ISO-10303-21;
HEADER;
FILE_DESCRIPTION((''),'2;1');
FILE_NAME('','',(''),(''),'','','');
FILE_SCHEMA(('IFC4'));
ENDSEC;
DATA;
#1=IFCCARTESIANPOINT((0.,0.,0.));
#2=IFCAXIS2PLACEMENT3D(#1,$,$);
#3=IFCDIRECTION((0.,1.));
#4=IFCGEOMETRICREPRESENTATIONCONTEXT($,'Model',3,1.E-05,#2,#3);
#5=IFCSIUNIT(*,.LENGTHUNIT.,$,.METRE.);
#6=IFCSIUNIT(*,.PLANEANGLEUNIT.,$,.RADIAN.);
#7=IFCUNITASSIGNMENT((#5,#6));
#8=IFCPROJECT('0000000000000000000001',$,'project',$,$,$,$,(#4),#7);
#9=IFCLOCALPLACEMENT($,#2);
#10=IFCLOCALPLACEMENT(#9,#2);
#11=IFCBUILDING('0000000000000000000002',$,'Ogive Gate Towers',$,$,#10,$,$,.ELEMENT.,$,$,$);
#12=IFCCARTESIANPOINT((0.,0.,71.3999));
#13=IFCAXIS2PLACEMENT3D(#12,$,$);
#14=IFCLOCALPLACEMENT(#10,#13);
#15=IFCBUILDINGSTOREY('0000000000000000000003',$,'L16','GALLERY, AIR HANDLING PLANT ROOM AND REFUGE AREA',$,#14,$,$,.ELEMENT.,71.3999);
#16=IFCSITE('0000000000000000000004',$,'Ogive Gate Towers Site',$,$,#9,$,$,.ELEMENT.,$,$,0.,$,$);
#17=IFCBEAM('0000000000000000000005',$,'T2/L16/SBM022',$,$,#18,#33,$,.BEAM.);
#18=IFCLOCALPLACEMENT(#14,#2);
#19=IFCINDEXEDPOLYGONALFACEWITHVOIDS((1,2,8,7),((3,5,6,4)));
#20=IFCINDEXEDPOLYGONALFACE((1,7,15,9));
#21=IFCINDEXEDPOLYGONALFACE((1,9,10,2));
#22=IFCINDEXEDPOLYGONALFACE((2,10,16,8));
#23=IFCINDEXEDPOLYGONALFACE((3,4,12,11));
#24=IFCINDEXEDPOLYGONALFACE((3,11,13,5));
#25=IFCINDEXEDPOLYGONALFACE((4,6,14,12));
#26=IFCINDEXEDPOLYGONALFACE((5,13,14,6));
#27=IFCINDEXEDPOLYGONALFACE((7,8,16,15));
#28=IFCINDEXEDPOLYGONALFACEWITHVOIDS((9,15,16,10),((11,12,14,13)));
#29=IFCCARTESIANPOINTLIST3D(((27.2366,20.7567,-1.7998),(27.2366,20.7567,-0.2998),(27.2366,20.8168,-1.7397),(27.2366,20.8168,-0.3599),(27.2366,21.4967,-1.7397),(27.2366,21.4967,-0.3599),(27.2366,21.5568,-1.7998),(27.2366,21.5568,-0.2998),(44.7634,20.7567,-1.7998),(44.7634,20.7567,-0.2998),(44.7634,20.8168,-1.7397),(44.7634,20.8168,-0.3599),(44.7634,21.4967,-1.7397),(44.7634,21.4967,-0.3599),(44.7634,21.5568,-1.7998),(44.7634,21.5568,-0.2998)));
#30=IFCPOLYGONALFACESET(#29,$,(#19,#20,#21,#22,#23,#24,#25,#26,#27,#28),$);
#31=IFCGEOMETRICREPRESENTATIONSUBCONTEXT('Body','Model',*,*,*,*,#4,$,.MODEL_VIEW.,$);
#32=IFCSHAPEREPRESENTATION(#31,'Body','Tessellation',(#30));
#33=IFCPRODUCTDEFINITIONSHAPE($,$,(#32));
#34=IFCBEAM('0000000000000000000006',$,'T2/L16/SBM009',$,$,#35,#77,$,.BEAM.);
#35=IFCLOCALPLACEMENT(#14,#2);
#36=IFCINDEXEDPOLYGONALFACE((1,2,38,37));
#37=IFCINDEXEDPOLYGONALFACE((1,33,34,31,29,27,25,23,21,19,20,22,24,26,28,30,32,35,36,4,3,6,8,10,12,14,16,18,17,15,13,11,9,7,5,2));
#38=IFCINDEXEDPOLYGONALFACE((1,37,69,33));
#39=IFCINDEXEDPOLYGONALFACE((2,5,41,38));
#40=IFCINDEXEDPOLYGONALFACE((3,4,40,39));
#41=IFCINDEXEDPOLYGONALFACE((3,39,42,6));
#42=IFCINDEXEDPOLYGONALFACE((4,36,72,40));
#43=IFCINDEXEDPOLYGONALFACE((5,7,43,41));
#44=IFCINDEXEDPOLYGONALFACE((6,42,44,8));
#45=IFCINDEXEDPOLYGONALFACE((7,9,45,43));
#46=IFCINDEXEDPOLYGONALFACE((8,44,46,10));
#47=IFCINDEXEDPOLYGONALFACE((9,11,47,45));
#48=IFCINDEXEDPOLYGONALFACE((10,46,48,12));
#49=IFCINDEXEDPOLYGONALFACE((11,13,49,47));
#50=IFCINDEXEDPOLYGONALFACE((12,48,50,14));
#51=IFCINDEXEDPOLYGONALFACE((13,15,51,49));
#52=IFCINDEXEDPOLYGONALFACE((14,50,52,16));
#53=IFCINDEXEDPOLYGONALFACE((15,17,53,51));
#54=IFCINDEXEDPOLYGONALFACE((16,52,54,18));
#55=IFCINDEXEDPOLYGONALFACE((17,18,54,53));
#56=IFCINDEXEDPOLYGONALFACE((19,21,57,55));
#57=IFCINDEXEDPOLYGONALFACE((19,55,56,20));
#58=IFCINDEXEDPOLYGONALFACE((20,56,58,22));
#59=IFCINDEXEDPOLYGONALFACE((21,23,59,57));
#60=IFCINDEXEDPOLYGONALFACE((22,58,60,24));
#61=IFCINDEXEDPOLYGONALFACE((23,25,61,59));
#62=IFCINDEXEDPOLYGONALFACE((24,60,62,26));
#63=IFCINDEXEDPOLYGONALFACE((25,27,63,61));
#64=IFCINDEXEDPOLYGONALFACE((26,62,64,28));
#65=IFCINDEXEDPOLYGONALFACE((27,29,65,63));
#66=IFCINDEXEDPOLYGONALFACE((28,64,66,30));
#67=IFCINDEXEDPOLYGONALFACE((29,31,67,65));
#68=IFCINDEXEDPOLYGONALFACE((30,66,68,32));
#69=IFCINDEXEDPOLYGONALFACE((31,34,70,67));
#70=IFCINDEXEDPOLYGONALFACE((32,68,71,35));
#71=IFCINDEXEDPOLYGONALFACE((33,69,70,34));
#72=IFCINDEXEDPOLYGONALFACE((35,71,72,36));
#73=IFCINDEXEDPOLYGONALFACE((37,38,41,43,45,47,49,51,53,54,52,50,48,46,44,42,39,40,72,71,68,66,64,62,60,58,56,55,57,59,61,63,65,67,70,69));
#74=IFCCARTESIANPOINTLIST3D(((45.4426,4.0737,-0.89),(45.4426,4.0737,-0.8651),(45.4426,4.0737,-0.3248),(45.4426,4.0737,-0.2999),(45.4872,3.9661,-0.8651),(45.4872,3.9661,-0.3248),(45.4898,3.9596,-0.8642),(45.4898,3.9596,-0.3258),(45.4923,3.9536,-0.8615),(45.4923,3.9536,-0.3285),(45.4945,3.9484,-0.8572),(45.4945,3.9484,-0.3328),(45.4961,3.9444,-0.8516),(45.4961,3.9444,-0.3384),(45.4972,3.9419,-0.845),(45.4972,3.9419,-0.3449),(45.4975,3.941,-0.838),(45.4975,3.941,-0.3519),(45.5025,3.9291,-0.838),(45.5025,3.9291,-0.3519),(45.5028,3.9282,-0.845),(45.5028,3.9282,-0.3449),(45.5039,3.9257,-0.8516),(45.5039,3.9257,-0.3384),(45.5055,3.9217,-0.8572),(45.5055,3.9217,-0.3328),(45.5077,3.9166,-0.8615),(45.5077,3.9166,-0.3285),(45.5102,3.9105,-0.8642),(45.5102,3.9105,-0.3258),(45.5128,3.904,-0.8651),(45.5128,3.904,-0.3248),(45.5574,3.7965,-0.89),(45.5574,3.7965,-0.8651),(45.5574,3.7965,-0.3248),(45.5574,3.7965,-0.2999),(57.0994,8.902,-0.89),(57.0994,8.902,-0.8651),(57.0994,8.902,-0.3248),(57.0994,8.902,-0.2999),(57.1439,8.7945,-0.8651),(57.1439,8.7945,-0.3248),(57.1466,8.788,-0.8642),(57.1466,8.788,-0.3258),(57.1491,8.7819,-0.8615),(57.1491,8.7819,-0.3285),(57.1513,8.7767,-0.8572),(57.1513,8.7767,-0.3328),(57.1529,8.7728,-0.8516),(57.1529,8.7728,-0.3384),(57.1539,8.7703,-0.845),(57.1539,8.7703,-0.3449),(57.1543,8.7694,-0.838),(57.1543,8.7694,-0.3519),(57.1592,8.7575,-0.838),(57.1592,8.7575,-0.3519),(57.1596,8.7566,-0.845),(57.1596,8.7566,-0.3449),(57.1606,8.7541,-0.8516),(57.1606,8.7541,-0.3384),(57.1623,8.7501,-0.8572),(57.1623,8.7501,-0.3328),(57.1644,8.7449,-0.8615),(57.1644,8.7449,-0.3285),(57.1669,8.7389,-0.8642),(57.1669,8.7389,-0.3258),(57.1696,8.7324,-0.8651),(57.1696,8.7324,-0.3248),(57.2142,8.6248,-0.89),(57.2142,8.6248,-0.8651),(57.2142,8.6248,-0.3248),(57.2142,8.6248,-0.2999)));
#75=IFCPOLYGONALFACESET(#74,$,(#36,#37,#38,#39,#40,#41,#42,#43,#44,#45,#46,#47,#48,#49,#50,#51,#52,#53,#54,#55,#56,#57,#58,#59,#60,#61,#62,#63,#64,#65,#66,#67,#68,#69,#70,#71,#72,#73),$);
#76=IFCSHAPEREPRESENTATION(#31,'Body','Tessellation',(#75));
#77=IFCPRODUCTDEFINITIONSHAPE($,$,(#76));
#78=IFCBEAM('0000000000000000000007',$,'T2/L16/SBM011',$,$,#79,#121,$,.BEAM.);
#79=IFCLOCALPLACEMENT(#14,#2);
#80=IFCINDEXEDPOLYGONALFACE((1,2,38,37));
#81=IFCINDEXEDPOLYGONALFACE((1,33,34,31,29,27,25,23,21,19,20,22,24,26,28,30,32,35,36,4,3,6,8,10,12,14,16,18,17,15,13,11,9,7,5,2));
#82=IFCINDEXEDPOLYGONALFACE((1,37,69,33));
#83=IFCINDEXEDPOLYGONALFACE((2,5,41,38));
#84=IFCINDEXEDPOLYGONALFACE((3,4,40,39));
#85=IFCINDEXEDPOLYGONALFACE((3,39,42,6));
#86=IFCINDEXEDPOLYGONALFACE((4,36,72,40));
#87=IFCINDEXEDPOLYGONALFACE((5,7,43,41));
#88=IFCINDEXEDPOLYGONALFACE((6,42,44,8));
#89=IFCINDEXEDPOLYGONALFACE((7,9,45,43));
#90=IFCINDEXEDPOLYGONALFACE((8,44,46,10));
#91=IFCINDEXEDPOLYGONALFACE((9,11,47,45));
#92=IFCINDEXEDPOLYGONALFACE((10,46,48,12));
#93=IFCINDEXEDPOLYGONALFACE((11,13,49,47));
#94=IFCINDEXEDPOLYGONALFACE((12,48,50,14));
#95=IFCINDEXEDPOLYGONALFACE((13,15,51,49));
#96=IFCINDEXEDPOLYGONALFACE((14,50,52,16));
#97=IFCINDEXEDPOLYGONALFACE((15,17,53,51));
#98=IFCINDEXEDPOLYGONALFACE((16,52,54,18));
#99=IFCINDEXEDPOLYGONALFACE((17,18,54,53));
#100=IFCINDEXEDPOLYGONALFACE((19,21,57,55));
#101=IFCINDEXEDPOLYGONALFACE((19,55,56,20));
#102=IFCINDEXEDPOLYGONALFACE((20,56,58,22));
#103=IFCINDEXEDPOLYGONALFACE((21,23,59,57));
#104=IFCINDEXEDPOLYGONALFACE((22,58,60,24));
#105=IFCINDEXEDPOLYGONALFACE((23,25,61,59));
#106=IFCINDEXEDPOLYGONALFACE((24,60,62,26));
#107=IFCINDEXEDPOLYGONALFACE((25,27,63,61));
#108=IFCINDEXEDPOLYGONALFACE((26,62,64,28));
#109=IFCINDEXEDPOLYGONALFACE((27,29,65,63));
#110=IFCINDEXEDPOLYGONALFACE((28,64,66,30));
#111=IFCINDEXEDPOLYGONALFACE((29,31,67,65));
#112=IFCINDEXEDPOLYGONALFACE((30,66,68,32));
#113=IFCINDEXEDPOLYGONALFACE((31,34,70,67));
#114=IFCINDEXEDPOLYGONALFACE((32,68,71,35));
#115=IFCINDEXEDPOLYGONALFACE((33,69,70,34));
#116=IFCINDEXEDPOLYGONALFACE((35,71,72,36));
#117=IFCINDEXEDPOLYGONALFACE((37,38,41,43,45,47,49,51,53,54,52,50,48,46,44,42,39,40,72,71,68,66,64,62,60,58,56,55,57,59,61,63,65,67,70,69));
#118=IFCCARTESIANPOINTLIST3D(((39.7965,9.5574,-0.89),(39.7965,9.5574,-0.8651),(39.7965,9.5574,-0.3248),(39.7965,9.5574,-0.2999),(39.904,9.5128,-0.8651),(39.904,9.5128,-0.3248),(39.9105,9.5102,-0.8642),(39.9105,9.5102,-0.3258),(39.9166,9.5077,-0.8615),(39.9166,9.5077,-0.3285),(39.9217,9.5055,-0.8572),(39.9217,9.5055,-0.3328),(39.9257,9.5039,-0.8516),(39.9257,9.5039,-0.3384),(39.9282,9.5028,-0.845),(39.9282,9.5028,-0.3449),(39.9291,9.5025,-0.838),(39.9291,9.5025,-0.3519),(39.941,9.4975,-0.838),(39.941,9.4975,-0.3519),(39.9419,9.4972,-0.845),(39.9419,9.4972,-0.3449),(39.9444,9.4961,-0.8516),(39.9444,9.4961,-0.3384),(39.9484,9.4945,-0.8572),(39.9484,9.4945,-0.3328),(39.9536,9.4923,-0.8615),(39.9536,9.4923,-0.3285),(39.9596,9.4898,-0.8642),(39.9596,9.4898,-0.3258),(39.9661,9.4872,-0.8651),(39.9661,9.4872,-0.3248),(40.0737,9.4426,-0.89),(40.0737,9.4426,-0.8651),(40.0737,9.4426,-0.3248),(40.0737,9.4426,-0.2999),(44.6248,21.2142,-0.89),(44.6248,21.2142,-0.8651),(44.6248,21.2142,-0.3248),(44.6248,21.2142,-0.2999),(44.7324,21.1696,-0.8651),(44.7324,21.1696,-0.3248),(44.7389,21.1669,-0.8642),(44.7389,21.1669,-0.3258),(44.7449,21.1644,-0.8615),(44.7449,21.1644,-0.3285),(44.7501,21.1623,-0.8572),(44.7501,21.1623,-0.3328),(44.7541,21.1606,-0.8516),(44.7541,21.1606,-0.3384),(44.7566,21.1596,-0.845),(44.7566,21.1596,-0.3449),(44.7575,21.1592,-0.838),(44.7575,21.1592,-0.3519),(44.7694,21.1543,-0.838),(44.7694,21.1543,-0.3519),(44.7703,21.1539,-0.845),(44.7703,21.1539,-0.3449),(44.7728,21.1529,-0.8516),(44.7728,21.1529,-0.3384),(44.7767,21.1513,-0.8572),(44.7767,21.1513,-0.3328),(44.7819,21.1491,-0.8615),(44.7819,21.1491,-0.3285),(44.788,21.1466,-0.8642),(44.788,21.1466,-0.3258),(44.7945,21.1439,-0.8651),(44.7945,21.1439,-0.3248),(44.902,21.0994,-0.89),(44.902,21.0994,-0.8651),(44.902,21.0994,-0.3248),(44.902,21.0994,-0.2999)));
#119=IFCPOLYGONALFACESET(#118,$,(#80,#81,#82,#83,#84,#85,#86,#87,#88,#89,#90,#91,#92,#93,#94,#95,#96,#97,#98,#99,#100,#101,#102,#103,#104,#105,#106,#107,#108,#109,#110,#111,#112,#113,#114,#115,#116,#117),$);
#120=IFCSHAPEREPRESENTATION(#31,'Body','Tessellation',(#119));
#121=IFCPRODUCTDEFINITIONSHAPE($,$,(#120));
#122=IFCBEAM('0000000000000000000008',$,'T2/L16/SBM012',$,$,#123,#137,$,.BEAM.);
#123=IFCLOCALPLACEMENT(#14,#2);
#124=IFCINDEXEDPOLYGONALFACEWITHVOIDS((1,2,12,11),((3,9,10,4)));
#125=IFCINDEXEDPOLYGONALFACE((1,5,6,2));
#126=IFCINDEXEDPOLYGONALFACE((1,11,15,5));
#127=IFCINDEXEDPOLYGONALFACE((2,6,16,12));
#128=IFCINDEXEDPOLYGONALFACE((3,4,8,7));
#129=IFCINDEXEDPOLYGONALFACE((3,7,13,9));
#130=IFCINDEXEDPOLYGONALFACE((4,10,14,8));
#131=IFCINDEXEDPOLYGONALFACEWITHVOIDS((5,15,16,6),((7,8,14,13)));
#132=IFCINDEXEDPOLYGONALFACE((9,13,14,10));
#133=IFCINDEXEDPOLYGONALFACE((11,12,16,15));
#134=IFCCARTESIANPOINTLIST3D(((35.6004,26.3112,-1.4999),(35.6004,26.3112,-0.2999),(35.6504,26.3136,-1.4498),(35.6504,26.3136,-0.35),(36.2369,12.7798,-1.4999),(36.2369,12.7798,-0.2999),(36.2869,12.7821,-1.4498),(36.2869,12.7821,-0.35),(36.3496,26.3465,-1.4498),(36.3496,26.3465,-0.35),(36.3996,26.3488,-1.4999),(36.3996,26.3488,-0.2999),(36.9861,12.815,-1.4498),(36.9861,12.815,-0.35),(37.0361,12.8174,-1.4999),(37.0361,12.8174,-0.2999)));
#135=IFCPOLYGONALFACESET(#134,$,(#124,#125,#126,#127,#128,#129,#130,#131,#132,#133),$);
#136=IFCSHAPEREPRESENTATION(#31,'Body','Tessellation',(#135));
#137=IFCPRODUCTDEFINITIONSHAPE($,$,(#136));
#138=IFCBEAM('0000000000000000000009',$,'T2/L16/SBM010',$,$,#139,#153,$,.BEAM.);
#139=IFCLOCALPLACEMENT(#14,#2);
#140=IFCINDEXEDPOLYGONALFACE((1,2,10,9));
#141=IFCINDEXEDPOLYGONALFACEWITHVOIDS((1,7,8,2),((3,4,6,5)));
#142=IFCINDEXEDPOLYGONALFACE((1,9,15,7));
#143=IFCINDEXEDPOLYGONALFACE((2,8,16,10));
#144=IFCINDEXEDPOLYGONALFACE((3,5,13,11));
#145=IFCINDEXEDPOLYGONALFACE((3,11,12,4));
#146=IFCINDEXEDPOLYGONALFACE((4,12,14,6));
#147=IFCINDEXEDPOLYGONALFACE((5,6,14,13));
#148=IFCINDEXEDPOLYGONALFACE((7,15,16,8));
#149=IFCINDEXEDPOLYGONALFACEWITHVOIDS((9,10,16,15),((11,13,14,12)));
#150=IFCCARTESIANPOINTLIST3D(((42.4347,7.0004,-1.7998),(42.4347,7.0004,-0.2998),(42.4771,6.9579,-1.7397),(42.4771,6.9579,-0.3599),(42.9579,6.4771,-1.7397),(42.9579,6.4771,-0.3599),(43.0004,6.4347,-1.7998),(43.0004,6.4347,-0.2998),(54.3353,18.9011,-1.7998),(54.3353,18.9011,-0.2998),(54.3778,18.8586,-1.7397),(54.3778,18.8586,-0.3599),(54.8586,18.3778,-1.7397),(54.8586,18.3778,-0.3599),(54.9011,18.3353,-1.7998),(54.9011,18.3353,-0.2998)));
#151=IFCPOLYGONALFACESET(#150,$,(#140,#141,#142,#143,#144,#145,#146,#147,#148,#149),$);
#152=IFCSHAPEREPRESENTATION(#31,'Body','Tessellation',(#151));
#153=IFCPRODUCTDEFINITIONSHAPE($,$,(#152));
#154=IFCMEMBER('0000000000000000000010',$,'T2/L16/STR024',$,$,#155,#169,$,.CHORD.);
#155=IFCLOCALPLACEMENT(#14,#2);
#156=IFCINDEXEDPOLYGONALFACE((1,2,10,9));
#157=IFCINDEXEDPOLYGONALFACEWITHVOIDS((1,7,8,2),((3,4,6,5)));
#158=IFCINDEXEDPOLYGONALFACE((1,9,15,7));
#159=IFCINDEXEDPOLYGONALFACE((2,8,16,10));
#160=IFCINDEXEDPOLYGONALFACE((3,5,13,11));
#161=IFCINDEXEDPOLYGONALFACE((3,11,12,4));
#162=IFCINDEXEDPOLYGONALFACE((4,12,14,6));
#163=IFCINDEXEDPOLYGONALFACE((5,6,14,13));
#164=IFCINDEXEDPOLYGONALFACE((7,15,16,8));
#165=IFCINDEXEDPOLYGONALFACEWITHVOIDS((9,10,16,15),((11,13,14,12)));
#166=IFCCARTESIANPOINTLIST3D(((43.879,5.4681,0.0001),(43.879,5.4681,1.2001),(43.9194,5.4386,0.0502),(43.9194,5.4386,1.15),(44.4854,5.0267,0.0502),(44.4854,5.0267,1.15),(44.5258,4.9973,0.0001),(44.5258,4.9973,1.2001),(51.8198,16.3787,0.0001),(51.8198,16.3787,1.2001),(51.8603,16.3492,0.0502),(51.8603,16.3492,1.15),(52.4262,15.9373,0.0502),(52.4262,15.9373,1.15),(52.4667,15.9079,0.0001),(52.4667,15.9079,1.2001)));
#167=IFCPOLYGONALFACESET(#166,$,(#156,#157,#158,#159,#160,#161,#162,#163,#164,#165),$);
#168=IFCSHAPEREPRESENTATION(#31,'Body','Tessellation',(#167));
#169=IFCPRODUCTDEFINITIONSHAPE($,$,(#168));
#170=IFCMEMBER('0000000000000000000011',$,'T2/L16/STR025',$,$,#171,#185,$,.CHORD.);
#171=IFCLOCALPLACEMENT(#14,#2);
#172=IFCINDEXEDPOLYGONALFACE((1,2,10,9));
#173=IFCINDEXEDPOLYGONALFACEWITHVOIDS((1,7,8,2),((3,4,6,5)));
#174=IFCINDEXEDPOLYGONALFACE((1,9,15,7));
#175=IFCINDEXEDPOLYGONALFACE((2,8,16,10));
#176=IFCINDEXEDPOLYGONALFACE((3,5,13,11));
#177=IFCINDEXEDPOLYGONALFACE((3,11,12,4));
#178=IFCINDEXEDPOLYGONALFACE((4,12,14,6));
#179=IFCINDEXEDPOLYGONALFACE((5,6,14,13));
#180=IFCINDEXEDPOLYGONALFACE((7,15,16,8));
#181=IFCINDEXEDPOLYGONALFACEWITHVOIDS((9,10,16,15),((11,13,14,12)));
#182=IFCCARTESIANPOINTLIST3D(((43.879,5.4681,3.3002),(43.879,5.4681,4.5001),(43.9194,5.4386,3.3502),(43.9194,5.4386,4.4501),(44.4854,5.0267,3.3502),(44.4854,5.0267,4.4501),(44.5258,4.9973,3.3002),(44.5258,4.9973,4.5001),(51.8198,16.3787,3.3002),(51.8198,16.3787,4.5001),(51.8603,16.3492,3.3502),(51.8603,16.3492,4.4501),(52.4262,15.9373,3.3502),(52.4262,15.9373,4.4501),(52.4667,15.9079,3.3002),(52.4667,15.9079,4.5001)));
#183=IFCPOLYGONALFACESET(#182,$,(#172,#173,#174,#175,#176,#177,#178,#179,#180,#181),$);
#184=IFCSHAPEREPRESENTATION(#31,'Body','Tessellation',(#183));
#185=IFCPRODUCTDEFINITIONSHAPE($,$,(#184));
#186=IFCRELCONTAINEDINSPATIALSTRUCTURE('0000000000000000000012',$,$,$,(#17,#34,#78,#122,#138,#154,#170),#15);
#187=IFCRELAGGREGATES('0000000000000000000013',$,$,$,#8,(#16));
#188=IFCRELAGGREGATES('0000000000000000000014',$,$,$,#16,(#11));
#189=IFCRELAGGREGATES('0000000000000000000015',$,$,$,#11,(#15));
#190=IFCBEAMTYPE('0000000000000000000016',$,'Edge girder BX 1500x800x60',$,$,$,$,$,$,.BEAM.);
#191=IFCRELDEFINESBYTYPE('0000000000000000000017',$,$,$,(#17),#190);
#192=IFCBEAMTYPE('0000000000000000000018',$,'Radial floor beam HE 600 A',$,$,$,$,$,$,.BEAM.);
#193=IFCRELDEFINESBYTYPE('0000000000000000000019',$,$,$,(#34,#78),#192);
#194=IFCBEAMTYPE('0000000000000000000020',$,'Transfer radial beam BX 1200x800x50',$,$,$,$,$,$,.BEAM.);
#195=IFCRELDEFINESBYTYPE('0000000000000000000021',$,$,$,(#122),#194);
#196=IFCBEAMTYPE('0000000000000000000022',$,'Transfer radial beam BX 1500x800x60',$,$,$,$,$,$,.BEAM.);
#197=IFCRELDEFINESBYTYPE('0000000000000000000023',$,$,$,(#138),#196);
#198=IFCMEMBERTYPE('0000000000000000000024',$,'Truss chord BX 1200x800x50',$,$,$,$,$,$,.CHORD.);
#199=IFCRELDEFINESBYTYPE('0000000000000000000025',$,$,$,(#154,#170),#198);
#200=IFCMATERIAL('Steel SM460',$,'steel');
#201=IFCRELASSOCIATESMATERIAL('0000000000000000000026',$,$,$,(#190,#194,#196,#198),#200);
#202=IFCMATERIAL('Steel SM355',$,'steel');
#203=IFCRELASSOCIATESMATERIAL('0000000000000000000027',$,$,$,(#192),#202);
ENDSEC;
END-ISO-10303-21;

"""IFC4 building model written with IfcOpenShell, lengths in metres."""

from ifc_helpers import new_model, si_unit, direction, frame, origin, origin_2d, place, context, subcontext, project, spatial, hollow_rectangle, i_section, extrude, material, material_profile, profile_set, type_object, element, save


model = new_model("IFC4")

# Units and contexts
model_context = context("Model", 3, precision=1e-05, world=origin(), true_north=direction((0.0, 1.0)))
body_context = subcontext(model_context, "Body", "Model", "MODEL_VIEW")
ifc_project = project(units=[si_unit("LENGTHUNIT", "METRE"), si_unit("PLANEANGLEUNIT", "RADIAN")], contexts=[model_context])

# Site, building, storey
site_placement = place(None, origin())
site = spatial("IfcSite", under=ifc_project, at=site_placement, Name="Ogive Gate Towers Site", CompositionType="ELEMENT", RefElevation=0.0)
building_placement = place(site_placement, origin())
building = spatial("IfcBuilding", under=site, at=building_placement, Name="Ogive Gate Towers", CompositionType="ELEMENT")
storey_placement = place(building_placement, frame((0.0, 0.0, 71.3999)))
storey = spatial("IfcBuildingStorey", under=building, at=storey_placement, Name="L16", Description="GALLERY, AIR HANDLING PLANT ROOM AND REFUGE AREA", CompositionType="ELEMENT", Elevation=71.3999)

# Beams
ifc_material_1 = material(Name="Steel SM460", Category="steel")
ifc_material_profile_1 = material_profile(ifc_material_1, hollow_rectangle(XDim=0.8, YDim=1.5, WallThickness=0.0601, at=origin_2d()), Name="BX 1500x800x60")
ifc_profile_set_1 = profile_set([ifc_material_profile_1], Name="Steel SM460")
beam_type_1 = type_object("IfcBeamType", Name="Edge girder BX 1500x800x60", PredefinedType="BEAM", material=ifc_profile_set_1)
beam_1_placement = place(storey_placement, frame((44.7634, 21.1567, -1.0498), z_axis=(-1.0, 0.0, 0.0), x_axis=(0.0, -1.0, 0.0)))
element("IfcBeam", 1, at=beam_1_placement, inside=storey, type_object=beam_type_1, Name="T2/L16/SBM022", PredefinedType="BEAM", context=body_context, shape_type="SweptSolid", body=[
    extrude(hollow_rectangle(XDim=0.8, YDim=1.5, WallThickness=0.0601, at=origin_2d()), origin(), (0.0, 0.0, 1.0), 17.5269),
])
ifc_material_2 = material(Name="Steel SM355", Category="steel")
ifc_material_profile_2 = material_profile(ifc_material_2, i_section(OverallWidth=0.3, OverallDepth=0.5901, WebThickness=0.0129, FlangeThickness=0.0249, FilletRadius=0.0271, at=origin_2d()), Name="HE 600 A")
ifc_profile_set_2 = profile_set([ifc_material_profile_2], Name="Steel SM355")
beam_type_2 = type_object("IfcBeamType", Name="Radial floor beam HE 600 A", PredefinedType="BEAM", material=ifc_profile_set_2)
for number, where, z_axis, x_axis, name in (
    (2, (45.5, 3.9351, -0.595), (0.92388, 0.382683, 0.0), (-0.382683, 0.92388, 0.0), "T2/L16/SBM009"),
    (3, (39.9351, 9.5, -0.595), (0.382683, 0.92388, 0.0), (-0.92388, 0.382683, 0.0), "T2/L16/SBM011"),
):
    element("IfcBeam", number, at=place(storey_placement, frame(where, z_axis=z_axis, x_axis=x_axis)), inside=storey, type_object=beam_type_2, Name=name, PredefinedType="BEAM", context=body_context, shape_type="SweptSolid", body=[
        extrude(i_section(OverallWidth=0.3, OverallDepth=0.5901, WebThickness=0.0129, FlangeThickness=0.0249, FilletRadius=0.0271, at=origin_2d()), origin(), (0.0, 0.0, 1.0), 12.6172),
    ])
ifc_material_profile_3 = material_profile(ifc_material_1, hollow_rectangle(XDim=0.8, YDim=1.2, WallThickness=0.05, at=origin_2d()), Name="BX 1200x800x50")
ifc_profile_set_3 = profile_set([ifc_material_profile_3], Name="Steel SM460")
beam_type_3 = type_object("IfcBeamType", Name="Transfer radial beam BX 1200x800x50", PredefinedType="BEAM", material=ifc_profile_set_3)
beam_2_placement = place(storey_placement, frame((36.6365, 12.7986, -0.8999), z_axis=(-0.046985, 0.998896, 0.0), x_axis=(-0.998896, -0.046985, 0.0)))
element("IfcBeam", 4, at=beam_2_placement, inside=storey, type_object=beam_type_3, Name="T2/L16/SBM012", PredefinedType="BEAM", context=body_context, shape_type="SweptSolid", body=[
    extrude(hollow_rectangle(XDim=0.8, YDim=1.2, WallThickness=0.05, at=origin_2d()), origin(), (0.0, 0.0, 1.0), 13.5464),
])
ifc_material_profile_4 = material_profile(ifc_material_1, hollow_rectangle(XDim=0.8, YDim=1.5, WallThickness=0.0601, at=origin_2d()), Name="BX 1500x800x60")
ifc_profile_set_4 = profile_set([ifc_material_profile_4], Name="Steel SM460")
beam_type_4 = type_object("IfcBeamType", Name="Transfer radial beam BX 1500x800x60", PredefinedType="BEAM", material=ifc_profile_set_4)
beam_3_placement = place(storey_placement, frame((42.7175, 6.7175, -1.0498), z_axis=(0.707107, 0.707107, 0.0), x_axis=(-0.707107, 0.707107, 0.0)))
element("IfcBeam", 5, at=beam_3_placement, inside=storey, type_object=beam_type_4, Name="T2/L16/SBM010", PredefinedType="BEAM", context=body_context, shape_type="SweptSolid", body=[
    extrude(hollow_rectangle(XDim=0.8, YDim=1.5, WallThickness=0.0601, at=origin_2d()), origin(), (0.0, 0.0, 1.0), 16.8301),
])

# Members
ifc_material_profile_5 = material_profile(ifc_material_1, hollow_rectangle(XDim=0.8, YDim=1.2, WallThickness=0.05, at=origin_2d()), Name="BX 1200x800x50")
ifc_profile_set_5 = profile_set([ifc_material_profile_5], Name="Steel SM460")
member_type_1 = type_object("IfcMemberType", Name="Truss chord BX 1200x800x50", PredefinedType="CHORD", material=ifc_profile_set_5)
for number, where, z_axis, x_axis, name in (
    (6, (44.2024, 5.2327, 0.6001), (0.588458, 0.808528, 0.0), (-0.808528, 0.588458, 0.0), "T2/L16/STR024"),
    (7, (44.2024, 5.2327, 3.9001), (0.588458, 0.808528, 0.0), (-0.808528, 0.588458, 0.0), "T2/L16/STR025"),
):
    element("IfcMember", number, at=place(storey_placement, frame(where, z_axis=z_axis, x_axis=x_axis)), inside=storey, type_object=member_type_1, Name=name, PredefinedType="CHORD", context=body_context, shape_type="SweptSolid", body=[
        extrude(hollow_rectangle(XDim=0.8, YDim=1.2, WallThickness=0.05, at=origin_2d()), origin(), (0.0, 0.0, 1.0), 13.4944),
    ])

save(model, "model.ifc")
